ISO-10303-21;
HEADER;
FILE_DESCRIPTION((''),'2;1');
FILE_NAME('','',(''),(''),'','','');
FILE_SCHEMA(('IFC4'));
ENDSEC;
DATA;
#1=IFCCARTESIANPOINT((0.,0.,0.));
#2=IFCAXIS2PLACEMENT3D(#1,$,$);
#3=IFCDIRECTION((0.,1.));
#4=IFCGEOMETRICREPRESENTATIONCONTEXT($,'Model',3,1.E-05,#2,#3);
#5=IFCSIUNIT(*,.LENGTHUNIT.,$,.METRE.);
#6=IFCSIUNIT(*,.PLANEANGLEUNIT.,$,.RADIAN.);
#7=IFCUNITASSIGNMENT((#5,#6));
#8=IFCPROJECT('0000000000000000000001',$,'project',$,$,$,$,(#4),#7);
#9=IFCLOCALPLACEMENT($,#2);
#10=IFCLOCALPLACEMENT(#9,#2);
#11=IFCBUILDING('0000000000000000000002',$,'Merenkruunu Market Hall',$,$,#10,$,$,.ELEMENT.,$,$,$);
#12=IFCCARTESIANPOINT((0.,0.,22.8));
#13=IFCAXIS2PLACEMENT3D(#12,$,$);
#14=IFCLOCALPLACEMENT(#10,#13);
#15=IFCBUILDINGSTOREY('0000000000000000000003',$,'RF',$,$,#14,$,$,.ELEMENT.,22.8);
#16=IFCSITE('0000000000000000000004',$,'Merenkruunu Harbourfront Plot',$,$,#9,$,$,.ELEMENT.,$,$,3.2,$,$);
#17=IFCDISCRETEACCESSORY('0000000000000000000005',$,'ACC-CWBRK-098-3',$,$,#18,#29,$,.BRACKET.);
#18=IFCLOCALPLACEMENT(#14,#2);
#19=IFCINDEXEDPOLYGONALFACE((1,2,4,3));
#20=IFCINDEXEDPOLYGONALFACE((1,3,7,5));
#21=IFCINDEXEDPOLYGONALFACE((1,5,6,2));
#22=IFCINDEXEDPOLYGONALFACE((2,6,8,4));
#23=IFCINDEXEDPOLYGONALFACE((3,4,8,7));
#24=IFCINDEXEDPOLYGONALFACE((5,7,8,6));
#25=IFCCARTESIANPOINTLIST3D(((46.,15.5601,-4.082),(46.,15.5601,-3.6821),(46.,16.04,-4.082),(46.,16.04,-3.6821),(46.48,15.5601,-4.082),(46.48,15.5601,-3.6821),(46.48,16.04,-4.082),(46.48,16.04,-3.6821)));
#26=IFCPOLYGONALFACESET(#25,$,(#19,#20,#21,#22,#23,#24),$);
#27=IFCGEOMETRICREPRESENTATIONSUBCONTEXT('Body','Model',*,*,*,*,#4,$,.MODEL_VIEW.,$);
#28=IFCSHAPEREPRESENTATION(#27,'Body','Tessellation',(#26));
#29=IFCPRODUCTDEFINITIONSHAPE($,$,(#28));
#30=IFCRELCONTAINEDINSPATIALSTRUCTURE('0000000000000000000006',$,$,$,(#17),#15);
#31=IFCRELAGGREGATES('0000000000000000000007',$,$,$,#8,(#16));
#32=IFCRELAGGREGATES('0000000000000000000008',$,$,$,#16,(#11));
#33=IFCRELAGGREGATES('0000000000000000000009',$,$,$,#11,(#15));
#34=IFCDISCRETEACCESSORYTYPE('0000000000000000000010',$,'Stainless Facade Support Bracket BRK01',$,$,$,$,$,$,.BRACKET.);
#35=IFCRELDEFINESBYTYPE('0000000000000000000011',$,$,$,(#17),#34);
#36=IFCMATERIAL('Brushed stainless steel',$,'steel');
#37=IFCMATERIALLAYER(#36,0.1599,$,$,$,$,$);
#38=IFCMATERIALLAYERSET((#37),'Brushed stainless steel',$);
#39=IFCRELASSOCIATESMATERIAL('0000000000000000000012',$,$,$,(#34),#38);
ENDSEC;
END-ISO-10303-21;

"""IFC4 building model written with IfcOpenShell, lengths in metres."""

from ifc_helpers import new_model, si_unit, direction, frame, origin, origin_2d, place, context, subcontext, project, spatial, rectangle, extrude, material, layer, layer_set, type_object, element, save


model = new_model("IFC4")

# Units and contexts
model_context = context("Model", 3, precision=1e-05, world=origin(), true_north=direction((0.0, 1.0)))
body_context = subcontext(model_context, "Body", "Model", "MODEL_VIEW")
ifc_project = project(units=[si_unit("LENGTHUNIT", "METRE"), si_unit("PLANEANGLEUNIT", "RADIAN")], contexts=[model_context])

# Site, building, storey
site_placement = place(None, origin())
site = spatial("IfcSite", under=ifc_project, at=site_placement, Name="Merenkruunu Harbourfront Plot", CompositionType="ELEMENT", RefElevation=3.2)
building_placement = place(site_placement, origin())
building = spatial("IfcBuilding", under=site, at=building_placement, Name="Merenkruunu Market Hall", CompositionType="ELEMENT")
storey_placement = place(building_placement, frame((0.0, 0.0, 22.8)))
storey = spatial("IfcBuildingStorey", under=building, at=storey_placement, Name="RF", CompositionType="ELEMENT", Elevation=22.8)

# Discrete accessory
ifc_material_1 = material(Name="Brushed stainless steel", Category="steel")
ifc_layer_1 = layer(ifc_material_1, 0.1599)
ifc_layer_set_1 = layer_set([ifc_layer_1], Name="Brushed stainless steel")
discrete_accessory_type = type_object("IfcDiscreteAccessoryType", Name="Stainless Facade Support Bracket BRK01", PredefinedType="BRACKET", material=ifc_layer_set_1)
for number, where, z_axis, x_axis, name in (
    (1, (46.24, 15.8, -4.082), (0.0, 0.0, 1.0), (1.0, 0.0, 0.0), "ACC-CWBRK-098-3"),
):
    element("IfcDiscreteAccessory", number, at=place(storey_placement, frame(where, z_axis=z_axis, x_axis=x_axis)), inside=storey, type_object=discrete_accessory_type, Name=name, PredefinedType="BRACKET", context=body_context, shape_type="SweptSolid", body=[
        extrude(rectangle(XDim=0.48, YDim=0.48, at=origin_2d()), origin(), (0.0, 0.0, 1.0), 0.3999),
    ])

save(model, "model.ifc")
